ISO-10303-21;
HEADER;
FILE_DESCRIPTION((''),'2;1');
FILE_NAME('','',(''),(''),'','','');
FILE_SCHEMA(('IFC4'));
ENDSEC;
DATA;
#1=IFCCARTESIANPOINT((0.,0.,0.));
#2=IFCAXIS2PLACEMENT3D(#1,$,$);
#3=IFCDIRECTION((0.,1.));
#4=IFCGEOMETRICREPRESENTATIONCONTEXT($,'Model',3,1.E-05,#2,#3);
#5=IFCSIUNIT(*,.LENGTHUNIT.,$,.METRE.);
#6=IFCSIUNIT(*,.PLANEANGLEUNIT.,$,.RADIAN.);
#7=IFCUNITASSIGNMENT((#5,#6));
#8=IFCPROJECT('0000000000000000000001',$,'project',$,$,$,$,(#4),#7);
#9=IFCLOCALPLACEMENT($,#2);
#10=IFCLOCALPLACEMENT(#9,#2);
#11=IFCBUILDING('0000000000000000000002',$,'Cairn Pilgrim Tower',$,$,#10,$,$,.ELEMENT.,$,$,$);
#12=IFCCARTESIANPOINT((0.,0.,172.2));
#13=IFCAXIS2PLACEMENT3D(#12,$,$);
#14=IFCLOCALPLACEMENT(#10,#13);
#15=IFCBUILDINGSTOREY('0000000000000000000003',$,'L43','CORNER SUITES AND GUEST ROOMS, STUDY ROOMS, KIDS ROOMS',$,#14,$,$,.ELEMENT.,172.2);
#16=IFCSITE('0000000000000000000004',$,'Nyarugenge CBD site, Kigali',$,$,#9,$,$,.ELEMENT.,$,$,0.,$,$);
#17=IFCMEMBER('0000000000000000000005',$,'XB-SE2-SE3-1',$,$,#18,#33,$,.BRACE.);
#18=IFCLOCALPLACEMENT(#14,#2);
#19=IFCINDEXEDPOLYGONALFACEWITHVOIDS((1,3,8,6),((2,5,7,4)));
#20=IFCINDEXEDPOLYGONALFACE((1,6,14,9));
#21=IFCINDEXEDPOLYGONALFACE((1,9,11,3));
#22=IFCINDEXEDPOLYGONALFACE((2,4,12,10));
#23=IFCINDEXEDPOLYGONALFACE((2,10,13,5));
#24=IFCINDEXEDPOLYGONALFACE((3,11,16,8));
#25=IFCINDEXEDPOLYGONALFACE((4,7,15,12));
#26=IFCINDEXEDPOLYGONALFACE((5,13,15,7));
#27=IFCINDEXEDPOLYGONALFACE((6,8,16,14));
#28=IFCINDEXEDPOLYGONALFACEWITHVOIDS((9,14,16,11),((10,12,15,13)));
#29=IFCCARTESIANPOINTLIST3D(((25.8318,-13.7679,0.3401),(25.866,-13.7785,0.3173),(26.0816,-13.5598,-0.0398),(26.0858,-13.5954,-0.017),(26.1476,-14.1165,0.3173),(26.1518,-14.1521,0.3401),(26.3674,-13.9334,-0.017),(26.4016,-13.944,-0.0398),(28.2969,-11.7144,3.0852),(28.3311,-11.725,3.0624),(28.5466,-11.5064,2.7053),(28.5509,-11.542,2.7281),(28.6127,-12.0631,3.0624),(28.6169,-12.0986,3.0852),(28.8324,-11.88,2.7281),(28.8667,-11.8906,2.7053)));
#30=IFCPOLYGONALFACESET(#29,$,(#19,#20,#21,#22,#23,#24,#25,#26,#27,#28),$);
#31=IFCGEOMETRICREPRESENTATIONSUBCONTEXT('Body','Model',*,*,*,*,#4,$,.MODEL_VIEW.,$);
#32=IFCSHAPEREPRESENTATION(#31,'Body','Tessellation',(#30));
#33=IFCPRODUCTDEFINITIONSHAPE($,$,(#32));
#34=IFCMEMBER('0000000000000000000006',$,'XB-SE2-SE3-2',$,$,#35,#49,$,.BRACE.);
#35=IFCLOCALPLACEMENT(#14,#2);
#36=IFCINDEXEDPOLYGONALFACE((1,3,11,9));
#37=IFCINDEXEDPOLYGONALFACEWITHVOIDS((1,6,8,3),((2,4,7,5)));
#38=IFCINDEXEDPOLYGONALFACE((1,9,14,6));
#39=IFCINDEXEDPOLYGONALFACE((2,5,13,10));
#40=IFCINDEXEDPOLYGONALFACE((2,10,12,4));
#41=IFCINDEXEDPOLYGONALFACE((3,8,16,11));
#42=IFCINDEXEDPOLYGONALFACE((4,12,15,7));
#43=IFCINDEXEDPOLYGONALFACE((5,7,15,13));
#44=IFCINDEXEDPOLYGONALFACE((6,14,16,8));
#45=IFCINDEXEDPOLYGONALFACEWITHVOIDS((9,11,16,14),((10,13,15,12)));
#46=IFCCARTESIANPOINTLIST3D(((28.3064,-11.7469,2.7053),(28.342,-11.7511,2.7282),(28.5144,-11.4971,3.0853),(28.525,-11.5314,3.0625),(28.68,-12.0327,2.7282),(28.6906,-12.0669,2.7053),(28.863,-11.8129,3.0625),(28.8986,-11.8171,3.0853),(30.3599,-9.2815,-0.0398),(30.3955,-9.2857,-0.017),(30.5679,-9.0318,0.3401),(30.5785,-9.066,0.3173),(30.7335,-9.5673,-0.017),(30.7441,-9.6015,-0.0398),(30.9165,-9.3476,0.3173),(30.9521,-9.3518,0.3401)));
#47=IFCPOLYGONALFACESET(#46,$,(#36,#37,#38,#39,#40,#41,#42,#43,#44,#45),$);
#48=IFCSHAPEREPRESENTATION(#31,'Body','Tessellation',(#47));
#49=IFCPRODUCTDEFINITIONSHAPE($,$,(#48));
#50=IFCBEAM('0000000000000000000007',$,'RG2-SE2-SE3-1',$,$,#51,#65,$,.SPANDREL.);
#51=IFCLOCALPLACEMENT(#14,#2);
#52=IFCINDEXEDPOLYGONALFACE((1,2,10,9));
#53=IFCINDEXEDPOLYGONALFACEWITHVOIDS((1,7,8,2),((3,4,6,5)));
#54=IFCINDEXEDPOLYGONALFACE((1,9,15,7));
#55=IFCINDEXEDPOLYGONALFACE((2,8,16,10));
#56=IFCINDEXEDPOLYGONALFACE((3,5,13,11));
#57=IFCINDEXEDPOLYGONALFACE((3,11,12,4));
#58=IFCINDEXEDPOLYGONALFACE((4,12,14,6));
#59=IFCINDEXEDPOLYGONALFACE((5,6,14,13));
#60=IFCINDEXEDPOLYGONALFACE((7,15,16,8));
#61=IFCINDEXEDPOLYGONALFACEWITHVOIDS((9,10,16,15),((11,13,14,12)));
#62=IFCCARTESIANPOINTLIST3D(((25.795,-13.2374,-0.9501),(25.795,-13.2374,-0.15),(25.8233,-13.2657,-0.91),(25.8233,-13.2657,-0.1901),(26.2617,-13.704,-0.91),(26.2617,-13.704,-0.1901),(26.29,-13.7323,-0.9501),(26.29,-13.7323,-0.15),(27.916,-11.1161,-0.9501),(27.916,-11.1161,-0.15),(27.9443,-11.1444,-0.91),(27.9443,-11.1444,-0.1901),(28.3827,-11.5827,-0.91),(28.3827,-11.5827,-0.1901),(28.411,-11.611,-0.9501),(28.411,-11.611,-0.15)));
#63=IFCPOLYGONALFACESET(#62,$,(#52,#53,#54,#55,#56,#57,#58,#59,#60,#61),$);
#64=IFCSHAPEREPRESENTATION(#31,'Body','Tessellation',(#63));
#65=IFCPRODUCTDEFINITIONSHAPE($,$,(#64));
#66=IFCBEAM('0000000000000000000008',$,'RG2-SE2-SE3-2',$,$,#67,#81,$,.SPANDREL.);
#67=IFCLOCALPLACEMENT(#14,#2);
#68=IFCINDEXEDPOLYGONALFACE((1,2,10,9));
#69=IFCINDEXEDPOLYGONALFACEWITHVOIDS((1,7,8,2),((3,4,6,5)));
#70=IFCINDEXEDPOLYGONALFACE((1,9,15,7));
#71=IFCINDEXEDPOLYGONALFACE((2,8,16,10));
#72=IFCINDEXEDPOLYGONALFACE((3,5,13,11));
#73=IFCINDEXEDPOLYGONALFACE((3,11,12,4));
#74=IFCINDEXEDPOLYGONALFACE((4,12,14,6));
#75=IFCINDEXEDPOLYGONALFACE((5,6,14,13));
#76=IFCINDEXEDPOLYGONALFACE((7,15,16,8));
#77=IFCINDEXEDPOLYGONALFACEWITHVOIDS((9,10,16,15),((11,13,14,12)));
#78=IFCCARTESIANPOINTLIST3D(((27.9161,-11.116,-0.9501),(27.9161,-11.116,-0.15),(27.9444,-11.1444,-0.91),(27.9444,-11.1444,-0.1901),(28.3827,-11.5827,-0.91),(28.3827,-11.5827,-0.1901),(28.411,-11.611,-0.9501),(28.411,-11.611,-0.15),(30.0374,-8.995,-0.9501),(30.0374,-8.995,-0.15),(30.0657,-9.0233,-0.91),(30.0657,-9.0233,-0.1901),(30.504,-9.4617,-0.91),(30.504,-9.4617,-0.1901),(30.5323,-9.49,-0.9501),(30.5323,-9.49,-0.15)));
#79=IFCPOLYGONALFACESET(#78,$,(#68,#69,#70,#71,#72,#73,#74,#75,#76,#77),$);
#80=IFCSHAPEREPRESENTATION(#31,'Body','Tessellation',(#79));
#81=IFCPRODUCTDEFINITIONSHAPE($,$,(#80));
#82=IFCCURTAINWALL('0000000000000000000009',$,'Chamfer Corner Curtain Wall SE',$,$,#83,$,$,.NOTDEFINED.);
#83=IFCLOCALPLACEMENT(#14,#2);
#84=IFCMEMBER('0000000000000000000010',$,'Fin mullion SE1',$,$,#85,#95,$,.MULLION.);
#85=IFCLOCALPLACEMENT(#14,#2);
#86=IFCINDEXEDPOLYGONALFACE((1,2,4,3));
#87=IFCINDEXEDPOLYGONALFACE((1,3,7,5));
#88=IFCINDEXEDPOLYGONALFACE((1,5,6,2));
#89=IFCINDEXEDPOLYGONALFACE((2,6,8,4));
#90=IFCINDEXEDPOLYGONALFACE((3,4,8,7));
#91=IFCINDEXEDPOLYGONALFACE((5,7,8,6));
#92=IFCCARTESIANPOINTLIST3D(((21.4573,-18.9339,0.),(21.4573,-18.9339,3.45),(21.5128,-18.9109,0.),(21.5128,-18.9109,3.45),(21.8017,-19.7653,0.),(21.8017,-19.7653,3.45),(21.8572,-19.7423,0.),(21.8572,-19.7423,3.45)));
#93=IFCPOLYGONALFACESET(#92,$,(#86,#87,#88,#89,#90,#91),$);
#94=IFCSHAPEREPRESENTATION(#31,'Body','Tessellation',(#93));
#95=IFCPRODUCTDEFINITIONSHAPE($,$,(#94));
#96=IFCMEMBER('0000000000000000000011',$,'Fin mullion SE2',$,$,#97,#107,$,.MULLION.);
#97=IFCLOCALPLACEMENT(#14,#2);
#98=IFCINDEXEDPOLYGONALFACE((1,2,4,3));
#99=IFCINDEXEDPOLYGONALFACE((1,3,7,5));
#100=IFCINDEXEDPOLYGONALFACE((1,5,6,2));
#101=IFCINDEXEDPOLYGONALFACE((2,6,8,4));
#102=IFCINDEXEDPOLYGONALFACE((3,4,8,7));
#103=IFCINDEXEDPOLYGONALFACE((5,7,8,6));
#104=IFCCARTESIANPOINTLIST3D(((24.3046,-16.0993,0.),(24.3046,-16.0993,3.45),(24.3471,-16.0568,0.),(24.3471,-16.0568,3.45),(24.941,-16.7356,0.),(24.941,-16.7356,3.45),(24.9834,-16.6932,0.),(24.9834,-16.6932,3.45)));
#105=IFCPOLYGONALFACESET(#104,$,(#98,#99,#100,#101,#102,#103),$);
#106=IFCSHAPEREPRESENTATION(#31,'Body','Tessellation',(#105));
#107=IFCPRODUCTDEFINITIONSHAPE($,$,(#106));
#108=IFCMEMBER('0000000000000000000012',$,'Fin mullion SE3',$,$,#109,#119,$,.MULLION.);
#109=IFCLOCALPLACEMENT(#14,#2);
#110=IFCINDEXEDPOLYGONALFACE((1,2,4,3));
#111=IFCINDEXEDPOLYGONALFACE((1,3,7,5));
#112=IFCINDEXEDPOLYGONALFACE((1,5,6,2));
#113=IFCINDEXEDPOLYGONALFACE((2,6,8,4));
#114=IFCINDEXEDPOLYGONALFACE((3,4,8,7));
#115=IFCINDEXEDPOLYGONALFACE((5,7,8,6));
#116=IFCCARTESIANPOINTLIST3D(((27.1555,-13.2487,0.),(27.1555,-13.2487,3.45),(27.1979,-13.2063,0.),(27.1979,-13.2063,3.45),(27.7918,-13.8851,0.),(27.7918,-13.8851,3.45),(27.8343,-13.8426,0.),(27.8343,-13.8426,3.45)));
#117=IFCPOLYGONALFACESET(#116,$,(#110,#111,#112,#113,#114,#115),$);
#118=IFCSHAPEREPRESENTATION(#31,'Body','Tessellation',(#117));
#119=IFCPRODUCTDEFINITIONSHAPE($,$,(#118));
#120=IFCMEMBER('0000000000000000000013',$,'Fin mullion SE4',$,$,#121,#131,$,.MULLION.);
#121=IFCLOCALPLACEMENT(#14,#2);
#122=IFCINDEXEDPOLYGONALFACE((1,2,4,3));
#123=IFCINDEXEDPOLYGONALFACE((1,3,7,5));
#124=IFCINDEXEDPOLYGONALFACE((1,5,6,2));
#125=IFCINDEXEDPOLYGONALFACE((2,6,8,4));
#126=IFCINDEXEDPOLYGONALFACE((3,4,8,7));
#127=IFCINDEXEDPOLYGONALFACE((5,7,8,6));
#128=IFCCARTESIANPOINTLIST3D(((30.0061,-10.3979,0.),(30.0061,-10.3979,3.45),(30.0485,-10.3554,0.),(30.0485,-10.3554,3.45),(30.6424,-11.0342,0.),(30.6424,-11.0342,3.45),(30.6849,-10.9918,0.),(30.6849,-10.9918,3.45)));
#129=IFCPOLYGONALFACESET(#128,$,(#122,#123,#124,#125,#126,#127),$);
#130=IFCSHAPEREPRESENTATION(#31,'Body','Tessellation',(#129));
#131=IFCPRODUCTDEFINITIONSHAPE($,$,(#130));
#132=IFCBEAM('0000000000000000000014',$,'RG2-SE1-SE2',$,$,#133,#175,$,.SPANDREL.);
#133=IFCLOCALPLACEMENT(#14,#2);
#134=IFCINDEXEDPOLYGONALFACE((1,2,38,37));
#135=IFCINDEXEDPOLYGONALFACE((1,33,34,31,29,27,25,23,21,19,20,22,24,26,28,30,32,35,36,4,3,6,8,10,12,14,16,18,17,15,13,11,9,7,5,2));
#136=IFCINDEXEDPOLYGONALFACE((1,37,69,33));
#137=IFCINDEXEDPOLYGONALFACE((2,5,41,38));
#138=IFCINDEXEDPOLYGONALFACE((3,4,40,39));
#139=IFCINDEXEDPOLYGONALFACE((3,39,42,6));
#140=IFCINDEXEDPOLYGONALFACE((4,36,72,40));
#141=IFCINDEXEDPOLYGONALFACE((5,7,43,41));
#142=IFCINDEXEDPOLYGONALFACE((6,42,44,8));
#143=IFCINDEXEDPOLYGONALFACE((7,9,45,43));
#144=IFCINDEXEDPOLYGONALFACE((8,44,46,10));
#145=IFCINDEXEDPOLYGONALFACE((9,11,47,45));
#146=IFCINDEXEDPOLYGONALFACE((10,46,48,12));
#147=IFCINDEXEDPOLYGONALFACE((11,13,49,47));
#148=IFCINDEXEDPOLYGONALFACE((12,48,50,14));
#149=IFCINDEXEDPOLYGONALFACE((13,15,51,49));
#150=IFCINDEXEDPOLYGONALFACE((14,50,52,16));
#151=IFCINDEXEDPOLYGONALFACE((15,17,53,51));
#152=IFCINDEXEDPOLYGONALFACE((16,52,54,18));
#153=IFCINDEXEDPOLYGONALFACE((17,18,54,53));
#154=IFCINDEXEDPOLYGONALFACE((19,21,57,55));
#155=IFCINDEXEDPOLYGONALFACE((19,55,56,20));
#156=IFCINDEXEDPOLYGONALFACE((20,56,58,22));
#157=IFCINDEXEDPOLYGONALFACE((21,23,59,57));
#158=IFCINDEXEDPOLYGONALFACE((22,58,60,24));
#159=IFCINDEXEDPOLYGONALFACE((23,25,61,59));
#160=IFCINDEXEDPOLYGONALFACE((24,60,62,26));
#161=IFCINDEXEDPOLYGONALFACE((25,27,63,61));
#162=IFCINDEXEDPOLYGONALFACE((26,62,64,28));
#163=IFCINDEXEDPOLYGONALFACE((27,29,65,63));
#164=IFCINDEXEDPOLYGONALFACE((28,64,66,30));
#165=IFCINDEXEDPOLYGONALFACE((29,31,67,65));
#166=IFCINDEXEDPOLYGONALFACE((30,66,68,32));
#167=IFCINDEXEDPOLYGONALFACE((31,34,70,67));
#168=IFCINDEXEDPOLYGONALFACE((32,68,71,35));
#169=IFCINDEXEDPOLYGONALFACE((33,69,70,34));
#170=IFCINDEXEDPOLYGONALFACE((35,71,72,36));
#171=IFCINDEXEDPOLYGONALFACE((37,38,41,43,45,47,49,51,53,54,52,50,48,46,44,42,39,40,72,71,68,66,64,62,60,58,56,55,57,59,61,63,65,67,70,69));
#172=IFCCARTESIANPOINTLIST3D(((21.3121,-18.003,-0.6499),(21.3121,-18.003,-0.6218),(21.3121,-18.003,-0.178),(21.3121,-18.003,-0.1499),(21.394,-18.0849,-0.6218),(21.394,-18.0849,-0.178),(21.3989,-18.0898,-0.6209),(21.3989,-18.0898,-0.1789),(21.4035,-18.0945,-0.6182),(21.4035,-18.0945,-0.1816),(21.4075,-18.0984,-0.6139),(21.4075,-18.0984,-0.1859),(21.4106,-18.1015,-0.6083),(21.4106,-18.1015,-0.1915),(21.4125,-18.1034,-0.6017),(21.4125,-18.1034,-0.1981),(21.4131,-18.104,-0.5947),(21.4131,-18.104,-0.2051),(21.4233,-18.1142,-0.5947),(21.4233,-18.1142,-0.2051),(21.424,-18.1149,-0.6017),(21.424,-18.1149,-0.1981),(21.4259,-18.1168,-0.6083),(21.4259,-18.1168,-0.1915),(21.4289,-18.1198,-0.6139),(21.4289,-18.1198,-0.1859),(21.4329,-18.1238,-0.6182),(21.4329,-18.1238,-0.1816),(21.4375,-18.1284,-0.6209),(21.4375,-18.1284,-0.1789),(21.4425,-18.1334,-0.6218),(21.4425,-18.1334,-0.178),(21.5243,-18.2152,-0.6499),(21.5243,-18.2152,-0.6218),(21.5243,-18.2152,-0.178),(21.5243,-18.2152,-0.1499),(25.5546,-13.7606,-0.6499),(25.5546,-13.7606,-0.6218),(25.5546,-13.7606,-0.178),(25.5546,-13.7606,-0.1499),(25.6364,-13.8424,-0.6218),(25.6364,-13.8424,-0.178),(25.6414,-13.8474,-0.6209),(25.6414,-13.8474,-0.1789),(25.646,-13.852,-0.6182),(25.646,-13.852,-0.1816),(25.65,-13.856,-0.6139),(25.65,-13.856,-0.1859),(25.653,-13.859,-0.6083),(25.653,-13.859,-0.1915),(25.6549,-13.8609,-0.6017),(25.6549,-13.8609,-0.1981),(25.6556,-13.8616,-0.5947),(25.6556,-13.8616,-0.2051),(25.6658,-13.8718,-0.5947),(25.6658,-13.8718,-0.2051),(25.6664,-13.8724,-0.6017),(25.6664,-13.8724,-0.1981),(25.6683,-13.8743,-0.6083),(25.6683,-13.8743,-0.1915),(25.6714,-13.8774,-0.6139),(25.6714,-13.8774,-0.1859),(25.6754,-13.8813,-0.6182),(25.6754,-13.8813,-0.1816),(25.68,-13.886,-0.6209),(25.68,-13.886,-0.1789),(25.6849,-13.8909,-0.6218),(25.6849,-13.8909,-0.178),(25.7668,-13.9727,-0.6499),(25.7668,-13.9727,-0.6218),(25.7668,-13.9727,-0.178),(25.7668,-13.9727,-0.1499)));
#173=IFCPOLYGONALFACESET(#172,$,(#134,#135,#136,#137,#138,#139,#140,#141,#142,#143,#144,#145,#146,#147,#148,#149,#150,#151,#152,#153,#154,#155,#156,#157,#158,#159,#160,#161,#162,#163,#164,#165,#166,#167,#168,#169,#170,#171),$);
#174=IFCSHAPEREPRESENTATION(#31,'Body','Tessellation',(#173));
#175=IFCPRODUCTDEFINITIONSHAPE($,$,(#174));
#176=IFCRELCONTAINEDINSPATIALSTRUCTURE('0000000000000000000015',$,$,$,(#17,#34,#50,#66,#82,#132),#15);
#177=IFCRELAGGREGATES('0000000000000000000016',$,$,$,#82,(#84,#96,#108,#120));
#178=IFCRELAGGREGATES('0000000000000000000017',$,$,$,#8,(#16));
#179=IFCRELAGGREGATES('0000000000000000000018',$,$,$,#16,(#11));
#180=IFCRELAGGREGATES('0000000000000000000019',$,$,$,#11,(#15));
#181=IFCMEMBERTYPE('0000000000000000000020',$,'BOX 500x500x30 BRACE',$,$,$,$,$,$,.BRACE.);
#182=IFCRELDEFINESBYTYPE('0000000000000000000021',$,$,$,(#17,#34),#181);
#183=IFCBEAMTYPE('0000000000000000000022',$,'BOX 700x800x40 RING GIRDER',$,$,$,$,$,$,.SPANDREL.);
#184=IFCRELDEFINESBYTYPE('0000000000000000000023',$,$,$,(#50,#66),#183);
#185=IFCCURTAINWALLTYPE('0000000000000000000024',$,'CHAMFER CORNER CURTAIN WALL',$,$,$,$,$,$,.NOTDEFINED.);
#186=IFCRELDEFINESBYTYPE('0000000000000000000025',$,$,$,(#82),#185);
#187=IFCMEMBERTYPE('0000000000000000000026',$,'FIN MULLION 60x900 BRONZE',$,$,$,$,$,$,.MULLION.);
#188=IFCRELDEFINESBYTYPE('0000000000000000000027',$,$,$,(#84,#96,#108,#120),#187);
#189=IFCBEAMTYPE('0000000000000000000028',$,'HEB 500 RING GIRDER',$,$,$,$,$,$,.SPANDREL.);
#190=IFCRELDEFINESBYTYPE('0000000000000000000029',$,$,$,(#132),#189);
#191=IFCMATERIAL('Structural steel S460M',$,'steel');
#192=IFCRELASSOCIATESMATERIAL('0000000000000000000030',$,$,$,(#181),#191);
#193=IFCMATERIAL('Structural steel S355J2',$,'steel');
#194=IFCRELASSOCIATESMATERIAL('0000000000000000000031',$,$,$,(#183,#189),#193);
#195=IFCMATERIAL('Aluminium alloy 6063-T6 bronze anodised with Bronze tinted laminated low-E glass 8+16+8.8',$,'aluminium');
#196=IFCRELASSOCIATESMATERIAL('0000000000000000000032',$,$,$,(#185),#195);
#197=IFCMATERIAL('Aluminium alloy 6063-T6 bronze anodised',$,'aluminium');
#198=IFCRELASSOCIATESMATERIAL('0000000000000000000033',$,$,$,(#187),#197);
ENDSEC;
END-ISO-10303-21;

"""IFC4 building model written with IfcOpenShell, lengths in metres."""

from ifc_helpers import new_model, si_unit, direction, frame, origin, origin_2d, place, context, subcontext, project, spatial, rectangle, hollow_rectangle, i_section, extrude, material, material_profile, profile_set, type_object, element, aggregate, save


model = new_model("IFC4")

# Units and contexts
model_context = context("Model", 3, precision=1e-05, world=origin(), true_north=direction((0.0, 1.0)))
body_context = subcontext(model_context, "Body", "Model", "MODEL_VIEW")
ifc_project = project(units=[si_unit("LENGTHUNIT", "METRE"), si_unit("PLANEANGLEUNIT", "RADIAN")], contexts=[model_context])

# Site, building, storey
site_placement = place(None, origin())
site = spatial("IfcSite", under=ifc_project, at=site_placement, Name="Nyarugenge CBD site, Kigali", CompositionType="ELEMENT", RefElevation=0.0)
building_placement = place(site_placement, origin())
building = spatial("IfcBuilding", under=site, at=building_placement, Name="Cairn Pilgrim Tower", CompositionType="ELEMENT")
storey_placement = place(building_placement, frame((0.0, 0.0, 172.2)))
storey = spatial("IfcBuildingStorey", under=building, at=storey_placement, Name="L43", Description="CORNER SUITES AND GUEST ROOMS, STUDY ROOMS, KIDS ROOMS", CompositionType="ELEMENT", Elevation=172.2)

# Shared definitions
ifc_material_1 = material(Name="Structural steel S460M", Category="steel")

# Members
ifc_material_profile_1 = material_profile(ifc_material_1, hollow_rectangle(XDim=0.5, YDim=0.5, WallThickness=0.03, at=origin_2d()), Name="BOX 500x500x30")
ifc_profile_set_1 = profile_set([ifc_material_profile_1], Name="Structural steel S460M")
member_type_1 = type_object("IfcMemberType", Name="BOX 500x500x30 BRACE", PredefinedType="BRACE", material=ifc_profile_set_1)
member_1_placement = place(storey_placement, frame((26.1167, -13.856, 0.1501), z_axis=(0.583806, 0.486322, 0.650125), x_axis=(-0.640042, 0.76834, 0.0)))
element("IfcMember", 1, at=member_1_placement, inside=storey, type_object=member_type_1, Name="XB-SE2-SE3-1", PredefinedType="BRACE", context=body_context, shape_type="SweptSolid", body=[
    extrude(hollow_rectangle(XDim=0.5, YDim=0.5, WallThickness=0.03, at=origin_2d()), origin(), (0.0, 0.0, 1.0), 4.2224),
])
member_2_placement = place(storey_placement, frame((30.656, -9.3167, 0.1501), z_axis=(-0.486305, -0.583844, 0.650103), x_axis=(0.768371, -0.640005, 0.0)))
element("IfcMember", 2, at=member_2_placement, inside=storey, type_object=member_type_1, Name="XB-SE2-SE3-2", PredefinedType="BRACE", context=body_context, shape_type="SweptSolid", body=[
    extrude(hollow_rectangle(XDim=0.5, YDim=0.5, WallThickness=0.03, at=origin_2d()), origin(), (0.0, 0.0, 1.0), 4.2227),
])

# Beams
ifc_material_2 = material(Name="Structural steel S355J2", Category="steel")
ifc_material_profile_2 = material_profile(ifc_material_2, hollow_rectangle(XDim=0.7, YDim=0.8, WallThickness=0.04, at=origin_2d()), Name="BOX 700x800x40")
ifc_profile_set_2 = profile_set([ifc_material_profile_2], Name="Structural steel S355J2")
beam_type_1 = type_object("IfcBeamType", Name="BOX 700x800x40 RING GIRDER", PredefinedType="SPANDREL", material=ifc_profile_set_2)
for number, where, z_axis, x_axis, name in (
    (3, (26.0425, -13.4849, -0.55), (0.707066, 0.707147, 0.0), (-0.707147, 0.707066, 0.0), "RG2-SE2-SE3-1"),
    (4, (28.1636, -11.3635, -0.55), (0.707147, 0.707066, 0.0), (-0.707066, 0.707147, 0.0), "RG2-SE2-SE3-2"),
):
    element("IfcBeam", number, at=place(storey_placement, frame(where, z_axis=z_axis, x_axis=x_axis)), inside=storey, type_object=beam_type_1, Name=name, PredefinedType="SPANDREL", context=body_context, shape_type="SweptSolid", body=[
        extrude(hollow_rectangle(XDim=0.7, YDim=0.8, WallThickness=0.04, at=origin_2d()), origin(), (0.0, 0.0, 1.0), 2.9998),
    ])

# Curtain wall, members
ifc_material_3 = material(Name="Aluminium alloy 6063-T6 bronze anodised with Bronze tinted laminated low-E glass 8+16+8.8", Category="aluminium")
curtain_wall_type = type_object("IfcCurtainWallType", Name="CHAMFER CORNER CURTAIN WALL", PredefinedType="NOTDEFINED", material=ifc_material_3)
curtain_wall_placement = place(storey_placement, origin())
curtain_wall = element("IfcCurtainWall", 5, at=curtain_wall_placement, inside=storey, type_object=curtain_wall_type, Name="Chamfer Corner Curtain Wall SE", PredefinedType="NOTDEFINED")
ifc_material_4 = material(Name="Aluminium alloy 6063-T6 bronze anodised", Category="aluminium")
ifc_material_profile_3 = material_profile(ifc_material_4, rectangle(XDim=0.8999, YDim=0.0601, at=origin_2d()), Name="FIN MULLION 60x900 BRONZE")
ifc_profile_set_3 = profile_set([ifc_material_profile_3], Name="Aluminium alloy 6063-T6 bronze anodised")
member_type_2 = type_object("IfcMemberType", Name="FIN MULLION 60x900 BRONZE", PredefinedType="MULLION", material=ifc_profile_set_3)
member_3_placement = place(storey_placement, frame((21.6572, -19.3381, 0.0), z_axis=(0.0, 0.0, 1.0), x_axis=(0.382683, -0.92388, 0.0)))
member_3 = element("IfcMember", 6, at=member_3_placement, type_object=member_type_2, Name="Fin mullion SE1", PredefinedType="MULLION", context=body_context, shape_type="SweptSolid", body=[
    extrude(rectangle(XDim=0.8999, YDim=0.0601, at=origin_2d()), origin(), (0.0, 0.0, 1.0), 3.45),
])
member_4_placement = place(storey_placement, frame((24.644, -16.3962, 0.0), z_axis=(0.0, 0.0, 1.0), x_axis=(0.707107, -0.707107, 0.0)))
member_4 = element("IfcMember", 7, at=member_4_placement, type_object=member_type_2, Name="Fin mullion SE2", PredefinedType="MULLION", context=body_context, shape_type="SweptSolid", body=[
    extrude(rectangle(XDim=0.8999, YDim=0.0601, at=origin_2d()), origin(), (0.0, 0.0, 1.0), 3.45),
])
member_5_placement = place(storey_placement, frame((27.4949, -13.5457, 0.0), z_axis=(0.0, 0.0, 1.0), x_axis=(0.707107, -0.707107, 0.0)))
member_5 = element("IfcMember", 8, at=member_5_placement, type_object=member_type_2, Name="Fin mullion SE3", PredefinedType="MULLION", context=body_context, shape_type="SweptSolid", body=[
    extrude(rectangle(XDim=0.8999, YDim=0.0601, at=origin_2d()), origin(), (0.0, 0.0, 1.0), 3.45),
])
member_6_placement = place(storey_placement, frame((30.3455, -10.6948, 0.0), z_axis=(0.0, 0.0, 1.0), x_axis=(0.707107, -0.707107, 0.0)))
member_6 = element("IfcMember", 9, at=member_6_placement, type_object=member_type_2, Name="Fin mullion SE4", PredefinedType="MULLION", context=body_context, shape_type="SweptSolid", body=[
    extrude(rectangle(XDim=0.8999, YDim=0.0601, at=origin_2d()), origin(), (0.0, 0.0, 1.0), 3.45),
])

# Beam
ifc_material_profile_4 = material_profile(ifc_material_2, i_section(OverallWidth=0.3, OverallDepth=0.5, WebThickness=0.0144, FlangeThickness=0.0281, FilletRadius=0.0271, at=origin_2d()), Name="HEB 500")
ifc_profile_set_4 = profile_set([ifc_material_profile_4], Name="Structural steel S355J2")
beam_type_2 = type_object("IfcBeamType", Name="HEB 500 RING GIRDER", PredefinedType="SPANDREL", material=ifc_profile_set_4)
for number, where, z_axis, x_axis, name in (
    (10, (21.4182, -18.1091, -0.3999), (0.707107, 0.707107, 0.0), (-0.707107, 0.707107, 0.0), "RG2-SE1-SE2"),
):
    element("IfcBeam", number, at=place(storey_placement, frame(where, z_axis=z_axis, x_axis=x_axis)), inside=storey, type_object=beam_type_2, Name=name, PredefinedType="SPANDREL", context=body_context, shape_type="SweptSolid", body=[
        extrude(i_section(OverallWidth=0.3, OverallDepth=0.5, WebThickness=0.0144, FlangeThickness=0.0281, FilletRadius=0.0271, at=origin_2d()), origin(), (0.0, 0.0, 1.0), 5.9998),
    ])

aggregate(curtain_wall, [member_3, member_4, member_5, member_6])

save(model, "model.ifc")
